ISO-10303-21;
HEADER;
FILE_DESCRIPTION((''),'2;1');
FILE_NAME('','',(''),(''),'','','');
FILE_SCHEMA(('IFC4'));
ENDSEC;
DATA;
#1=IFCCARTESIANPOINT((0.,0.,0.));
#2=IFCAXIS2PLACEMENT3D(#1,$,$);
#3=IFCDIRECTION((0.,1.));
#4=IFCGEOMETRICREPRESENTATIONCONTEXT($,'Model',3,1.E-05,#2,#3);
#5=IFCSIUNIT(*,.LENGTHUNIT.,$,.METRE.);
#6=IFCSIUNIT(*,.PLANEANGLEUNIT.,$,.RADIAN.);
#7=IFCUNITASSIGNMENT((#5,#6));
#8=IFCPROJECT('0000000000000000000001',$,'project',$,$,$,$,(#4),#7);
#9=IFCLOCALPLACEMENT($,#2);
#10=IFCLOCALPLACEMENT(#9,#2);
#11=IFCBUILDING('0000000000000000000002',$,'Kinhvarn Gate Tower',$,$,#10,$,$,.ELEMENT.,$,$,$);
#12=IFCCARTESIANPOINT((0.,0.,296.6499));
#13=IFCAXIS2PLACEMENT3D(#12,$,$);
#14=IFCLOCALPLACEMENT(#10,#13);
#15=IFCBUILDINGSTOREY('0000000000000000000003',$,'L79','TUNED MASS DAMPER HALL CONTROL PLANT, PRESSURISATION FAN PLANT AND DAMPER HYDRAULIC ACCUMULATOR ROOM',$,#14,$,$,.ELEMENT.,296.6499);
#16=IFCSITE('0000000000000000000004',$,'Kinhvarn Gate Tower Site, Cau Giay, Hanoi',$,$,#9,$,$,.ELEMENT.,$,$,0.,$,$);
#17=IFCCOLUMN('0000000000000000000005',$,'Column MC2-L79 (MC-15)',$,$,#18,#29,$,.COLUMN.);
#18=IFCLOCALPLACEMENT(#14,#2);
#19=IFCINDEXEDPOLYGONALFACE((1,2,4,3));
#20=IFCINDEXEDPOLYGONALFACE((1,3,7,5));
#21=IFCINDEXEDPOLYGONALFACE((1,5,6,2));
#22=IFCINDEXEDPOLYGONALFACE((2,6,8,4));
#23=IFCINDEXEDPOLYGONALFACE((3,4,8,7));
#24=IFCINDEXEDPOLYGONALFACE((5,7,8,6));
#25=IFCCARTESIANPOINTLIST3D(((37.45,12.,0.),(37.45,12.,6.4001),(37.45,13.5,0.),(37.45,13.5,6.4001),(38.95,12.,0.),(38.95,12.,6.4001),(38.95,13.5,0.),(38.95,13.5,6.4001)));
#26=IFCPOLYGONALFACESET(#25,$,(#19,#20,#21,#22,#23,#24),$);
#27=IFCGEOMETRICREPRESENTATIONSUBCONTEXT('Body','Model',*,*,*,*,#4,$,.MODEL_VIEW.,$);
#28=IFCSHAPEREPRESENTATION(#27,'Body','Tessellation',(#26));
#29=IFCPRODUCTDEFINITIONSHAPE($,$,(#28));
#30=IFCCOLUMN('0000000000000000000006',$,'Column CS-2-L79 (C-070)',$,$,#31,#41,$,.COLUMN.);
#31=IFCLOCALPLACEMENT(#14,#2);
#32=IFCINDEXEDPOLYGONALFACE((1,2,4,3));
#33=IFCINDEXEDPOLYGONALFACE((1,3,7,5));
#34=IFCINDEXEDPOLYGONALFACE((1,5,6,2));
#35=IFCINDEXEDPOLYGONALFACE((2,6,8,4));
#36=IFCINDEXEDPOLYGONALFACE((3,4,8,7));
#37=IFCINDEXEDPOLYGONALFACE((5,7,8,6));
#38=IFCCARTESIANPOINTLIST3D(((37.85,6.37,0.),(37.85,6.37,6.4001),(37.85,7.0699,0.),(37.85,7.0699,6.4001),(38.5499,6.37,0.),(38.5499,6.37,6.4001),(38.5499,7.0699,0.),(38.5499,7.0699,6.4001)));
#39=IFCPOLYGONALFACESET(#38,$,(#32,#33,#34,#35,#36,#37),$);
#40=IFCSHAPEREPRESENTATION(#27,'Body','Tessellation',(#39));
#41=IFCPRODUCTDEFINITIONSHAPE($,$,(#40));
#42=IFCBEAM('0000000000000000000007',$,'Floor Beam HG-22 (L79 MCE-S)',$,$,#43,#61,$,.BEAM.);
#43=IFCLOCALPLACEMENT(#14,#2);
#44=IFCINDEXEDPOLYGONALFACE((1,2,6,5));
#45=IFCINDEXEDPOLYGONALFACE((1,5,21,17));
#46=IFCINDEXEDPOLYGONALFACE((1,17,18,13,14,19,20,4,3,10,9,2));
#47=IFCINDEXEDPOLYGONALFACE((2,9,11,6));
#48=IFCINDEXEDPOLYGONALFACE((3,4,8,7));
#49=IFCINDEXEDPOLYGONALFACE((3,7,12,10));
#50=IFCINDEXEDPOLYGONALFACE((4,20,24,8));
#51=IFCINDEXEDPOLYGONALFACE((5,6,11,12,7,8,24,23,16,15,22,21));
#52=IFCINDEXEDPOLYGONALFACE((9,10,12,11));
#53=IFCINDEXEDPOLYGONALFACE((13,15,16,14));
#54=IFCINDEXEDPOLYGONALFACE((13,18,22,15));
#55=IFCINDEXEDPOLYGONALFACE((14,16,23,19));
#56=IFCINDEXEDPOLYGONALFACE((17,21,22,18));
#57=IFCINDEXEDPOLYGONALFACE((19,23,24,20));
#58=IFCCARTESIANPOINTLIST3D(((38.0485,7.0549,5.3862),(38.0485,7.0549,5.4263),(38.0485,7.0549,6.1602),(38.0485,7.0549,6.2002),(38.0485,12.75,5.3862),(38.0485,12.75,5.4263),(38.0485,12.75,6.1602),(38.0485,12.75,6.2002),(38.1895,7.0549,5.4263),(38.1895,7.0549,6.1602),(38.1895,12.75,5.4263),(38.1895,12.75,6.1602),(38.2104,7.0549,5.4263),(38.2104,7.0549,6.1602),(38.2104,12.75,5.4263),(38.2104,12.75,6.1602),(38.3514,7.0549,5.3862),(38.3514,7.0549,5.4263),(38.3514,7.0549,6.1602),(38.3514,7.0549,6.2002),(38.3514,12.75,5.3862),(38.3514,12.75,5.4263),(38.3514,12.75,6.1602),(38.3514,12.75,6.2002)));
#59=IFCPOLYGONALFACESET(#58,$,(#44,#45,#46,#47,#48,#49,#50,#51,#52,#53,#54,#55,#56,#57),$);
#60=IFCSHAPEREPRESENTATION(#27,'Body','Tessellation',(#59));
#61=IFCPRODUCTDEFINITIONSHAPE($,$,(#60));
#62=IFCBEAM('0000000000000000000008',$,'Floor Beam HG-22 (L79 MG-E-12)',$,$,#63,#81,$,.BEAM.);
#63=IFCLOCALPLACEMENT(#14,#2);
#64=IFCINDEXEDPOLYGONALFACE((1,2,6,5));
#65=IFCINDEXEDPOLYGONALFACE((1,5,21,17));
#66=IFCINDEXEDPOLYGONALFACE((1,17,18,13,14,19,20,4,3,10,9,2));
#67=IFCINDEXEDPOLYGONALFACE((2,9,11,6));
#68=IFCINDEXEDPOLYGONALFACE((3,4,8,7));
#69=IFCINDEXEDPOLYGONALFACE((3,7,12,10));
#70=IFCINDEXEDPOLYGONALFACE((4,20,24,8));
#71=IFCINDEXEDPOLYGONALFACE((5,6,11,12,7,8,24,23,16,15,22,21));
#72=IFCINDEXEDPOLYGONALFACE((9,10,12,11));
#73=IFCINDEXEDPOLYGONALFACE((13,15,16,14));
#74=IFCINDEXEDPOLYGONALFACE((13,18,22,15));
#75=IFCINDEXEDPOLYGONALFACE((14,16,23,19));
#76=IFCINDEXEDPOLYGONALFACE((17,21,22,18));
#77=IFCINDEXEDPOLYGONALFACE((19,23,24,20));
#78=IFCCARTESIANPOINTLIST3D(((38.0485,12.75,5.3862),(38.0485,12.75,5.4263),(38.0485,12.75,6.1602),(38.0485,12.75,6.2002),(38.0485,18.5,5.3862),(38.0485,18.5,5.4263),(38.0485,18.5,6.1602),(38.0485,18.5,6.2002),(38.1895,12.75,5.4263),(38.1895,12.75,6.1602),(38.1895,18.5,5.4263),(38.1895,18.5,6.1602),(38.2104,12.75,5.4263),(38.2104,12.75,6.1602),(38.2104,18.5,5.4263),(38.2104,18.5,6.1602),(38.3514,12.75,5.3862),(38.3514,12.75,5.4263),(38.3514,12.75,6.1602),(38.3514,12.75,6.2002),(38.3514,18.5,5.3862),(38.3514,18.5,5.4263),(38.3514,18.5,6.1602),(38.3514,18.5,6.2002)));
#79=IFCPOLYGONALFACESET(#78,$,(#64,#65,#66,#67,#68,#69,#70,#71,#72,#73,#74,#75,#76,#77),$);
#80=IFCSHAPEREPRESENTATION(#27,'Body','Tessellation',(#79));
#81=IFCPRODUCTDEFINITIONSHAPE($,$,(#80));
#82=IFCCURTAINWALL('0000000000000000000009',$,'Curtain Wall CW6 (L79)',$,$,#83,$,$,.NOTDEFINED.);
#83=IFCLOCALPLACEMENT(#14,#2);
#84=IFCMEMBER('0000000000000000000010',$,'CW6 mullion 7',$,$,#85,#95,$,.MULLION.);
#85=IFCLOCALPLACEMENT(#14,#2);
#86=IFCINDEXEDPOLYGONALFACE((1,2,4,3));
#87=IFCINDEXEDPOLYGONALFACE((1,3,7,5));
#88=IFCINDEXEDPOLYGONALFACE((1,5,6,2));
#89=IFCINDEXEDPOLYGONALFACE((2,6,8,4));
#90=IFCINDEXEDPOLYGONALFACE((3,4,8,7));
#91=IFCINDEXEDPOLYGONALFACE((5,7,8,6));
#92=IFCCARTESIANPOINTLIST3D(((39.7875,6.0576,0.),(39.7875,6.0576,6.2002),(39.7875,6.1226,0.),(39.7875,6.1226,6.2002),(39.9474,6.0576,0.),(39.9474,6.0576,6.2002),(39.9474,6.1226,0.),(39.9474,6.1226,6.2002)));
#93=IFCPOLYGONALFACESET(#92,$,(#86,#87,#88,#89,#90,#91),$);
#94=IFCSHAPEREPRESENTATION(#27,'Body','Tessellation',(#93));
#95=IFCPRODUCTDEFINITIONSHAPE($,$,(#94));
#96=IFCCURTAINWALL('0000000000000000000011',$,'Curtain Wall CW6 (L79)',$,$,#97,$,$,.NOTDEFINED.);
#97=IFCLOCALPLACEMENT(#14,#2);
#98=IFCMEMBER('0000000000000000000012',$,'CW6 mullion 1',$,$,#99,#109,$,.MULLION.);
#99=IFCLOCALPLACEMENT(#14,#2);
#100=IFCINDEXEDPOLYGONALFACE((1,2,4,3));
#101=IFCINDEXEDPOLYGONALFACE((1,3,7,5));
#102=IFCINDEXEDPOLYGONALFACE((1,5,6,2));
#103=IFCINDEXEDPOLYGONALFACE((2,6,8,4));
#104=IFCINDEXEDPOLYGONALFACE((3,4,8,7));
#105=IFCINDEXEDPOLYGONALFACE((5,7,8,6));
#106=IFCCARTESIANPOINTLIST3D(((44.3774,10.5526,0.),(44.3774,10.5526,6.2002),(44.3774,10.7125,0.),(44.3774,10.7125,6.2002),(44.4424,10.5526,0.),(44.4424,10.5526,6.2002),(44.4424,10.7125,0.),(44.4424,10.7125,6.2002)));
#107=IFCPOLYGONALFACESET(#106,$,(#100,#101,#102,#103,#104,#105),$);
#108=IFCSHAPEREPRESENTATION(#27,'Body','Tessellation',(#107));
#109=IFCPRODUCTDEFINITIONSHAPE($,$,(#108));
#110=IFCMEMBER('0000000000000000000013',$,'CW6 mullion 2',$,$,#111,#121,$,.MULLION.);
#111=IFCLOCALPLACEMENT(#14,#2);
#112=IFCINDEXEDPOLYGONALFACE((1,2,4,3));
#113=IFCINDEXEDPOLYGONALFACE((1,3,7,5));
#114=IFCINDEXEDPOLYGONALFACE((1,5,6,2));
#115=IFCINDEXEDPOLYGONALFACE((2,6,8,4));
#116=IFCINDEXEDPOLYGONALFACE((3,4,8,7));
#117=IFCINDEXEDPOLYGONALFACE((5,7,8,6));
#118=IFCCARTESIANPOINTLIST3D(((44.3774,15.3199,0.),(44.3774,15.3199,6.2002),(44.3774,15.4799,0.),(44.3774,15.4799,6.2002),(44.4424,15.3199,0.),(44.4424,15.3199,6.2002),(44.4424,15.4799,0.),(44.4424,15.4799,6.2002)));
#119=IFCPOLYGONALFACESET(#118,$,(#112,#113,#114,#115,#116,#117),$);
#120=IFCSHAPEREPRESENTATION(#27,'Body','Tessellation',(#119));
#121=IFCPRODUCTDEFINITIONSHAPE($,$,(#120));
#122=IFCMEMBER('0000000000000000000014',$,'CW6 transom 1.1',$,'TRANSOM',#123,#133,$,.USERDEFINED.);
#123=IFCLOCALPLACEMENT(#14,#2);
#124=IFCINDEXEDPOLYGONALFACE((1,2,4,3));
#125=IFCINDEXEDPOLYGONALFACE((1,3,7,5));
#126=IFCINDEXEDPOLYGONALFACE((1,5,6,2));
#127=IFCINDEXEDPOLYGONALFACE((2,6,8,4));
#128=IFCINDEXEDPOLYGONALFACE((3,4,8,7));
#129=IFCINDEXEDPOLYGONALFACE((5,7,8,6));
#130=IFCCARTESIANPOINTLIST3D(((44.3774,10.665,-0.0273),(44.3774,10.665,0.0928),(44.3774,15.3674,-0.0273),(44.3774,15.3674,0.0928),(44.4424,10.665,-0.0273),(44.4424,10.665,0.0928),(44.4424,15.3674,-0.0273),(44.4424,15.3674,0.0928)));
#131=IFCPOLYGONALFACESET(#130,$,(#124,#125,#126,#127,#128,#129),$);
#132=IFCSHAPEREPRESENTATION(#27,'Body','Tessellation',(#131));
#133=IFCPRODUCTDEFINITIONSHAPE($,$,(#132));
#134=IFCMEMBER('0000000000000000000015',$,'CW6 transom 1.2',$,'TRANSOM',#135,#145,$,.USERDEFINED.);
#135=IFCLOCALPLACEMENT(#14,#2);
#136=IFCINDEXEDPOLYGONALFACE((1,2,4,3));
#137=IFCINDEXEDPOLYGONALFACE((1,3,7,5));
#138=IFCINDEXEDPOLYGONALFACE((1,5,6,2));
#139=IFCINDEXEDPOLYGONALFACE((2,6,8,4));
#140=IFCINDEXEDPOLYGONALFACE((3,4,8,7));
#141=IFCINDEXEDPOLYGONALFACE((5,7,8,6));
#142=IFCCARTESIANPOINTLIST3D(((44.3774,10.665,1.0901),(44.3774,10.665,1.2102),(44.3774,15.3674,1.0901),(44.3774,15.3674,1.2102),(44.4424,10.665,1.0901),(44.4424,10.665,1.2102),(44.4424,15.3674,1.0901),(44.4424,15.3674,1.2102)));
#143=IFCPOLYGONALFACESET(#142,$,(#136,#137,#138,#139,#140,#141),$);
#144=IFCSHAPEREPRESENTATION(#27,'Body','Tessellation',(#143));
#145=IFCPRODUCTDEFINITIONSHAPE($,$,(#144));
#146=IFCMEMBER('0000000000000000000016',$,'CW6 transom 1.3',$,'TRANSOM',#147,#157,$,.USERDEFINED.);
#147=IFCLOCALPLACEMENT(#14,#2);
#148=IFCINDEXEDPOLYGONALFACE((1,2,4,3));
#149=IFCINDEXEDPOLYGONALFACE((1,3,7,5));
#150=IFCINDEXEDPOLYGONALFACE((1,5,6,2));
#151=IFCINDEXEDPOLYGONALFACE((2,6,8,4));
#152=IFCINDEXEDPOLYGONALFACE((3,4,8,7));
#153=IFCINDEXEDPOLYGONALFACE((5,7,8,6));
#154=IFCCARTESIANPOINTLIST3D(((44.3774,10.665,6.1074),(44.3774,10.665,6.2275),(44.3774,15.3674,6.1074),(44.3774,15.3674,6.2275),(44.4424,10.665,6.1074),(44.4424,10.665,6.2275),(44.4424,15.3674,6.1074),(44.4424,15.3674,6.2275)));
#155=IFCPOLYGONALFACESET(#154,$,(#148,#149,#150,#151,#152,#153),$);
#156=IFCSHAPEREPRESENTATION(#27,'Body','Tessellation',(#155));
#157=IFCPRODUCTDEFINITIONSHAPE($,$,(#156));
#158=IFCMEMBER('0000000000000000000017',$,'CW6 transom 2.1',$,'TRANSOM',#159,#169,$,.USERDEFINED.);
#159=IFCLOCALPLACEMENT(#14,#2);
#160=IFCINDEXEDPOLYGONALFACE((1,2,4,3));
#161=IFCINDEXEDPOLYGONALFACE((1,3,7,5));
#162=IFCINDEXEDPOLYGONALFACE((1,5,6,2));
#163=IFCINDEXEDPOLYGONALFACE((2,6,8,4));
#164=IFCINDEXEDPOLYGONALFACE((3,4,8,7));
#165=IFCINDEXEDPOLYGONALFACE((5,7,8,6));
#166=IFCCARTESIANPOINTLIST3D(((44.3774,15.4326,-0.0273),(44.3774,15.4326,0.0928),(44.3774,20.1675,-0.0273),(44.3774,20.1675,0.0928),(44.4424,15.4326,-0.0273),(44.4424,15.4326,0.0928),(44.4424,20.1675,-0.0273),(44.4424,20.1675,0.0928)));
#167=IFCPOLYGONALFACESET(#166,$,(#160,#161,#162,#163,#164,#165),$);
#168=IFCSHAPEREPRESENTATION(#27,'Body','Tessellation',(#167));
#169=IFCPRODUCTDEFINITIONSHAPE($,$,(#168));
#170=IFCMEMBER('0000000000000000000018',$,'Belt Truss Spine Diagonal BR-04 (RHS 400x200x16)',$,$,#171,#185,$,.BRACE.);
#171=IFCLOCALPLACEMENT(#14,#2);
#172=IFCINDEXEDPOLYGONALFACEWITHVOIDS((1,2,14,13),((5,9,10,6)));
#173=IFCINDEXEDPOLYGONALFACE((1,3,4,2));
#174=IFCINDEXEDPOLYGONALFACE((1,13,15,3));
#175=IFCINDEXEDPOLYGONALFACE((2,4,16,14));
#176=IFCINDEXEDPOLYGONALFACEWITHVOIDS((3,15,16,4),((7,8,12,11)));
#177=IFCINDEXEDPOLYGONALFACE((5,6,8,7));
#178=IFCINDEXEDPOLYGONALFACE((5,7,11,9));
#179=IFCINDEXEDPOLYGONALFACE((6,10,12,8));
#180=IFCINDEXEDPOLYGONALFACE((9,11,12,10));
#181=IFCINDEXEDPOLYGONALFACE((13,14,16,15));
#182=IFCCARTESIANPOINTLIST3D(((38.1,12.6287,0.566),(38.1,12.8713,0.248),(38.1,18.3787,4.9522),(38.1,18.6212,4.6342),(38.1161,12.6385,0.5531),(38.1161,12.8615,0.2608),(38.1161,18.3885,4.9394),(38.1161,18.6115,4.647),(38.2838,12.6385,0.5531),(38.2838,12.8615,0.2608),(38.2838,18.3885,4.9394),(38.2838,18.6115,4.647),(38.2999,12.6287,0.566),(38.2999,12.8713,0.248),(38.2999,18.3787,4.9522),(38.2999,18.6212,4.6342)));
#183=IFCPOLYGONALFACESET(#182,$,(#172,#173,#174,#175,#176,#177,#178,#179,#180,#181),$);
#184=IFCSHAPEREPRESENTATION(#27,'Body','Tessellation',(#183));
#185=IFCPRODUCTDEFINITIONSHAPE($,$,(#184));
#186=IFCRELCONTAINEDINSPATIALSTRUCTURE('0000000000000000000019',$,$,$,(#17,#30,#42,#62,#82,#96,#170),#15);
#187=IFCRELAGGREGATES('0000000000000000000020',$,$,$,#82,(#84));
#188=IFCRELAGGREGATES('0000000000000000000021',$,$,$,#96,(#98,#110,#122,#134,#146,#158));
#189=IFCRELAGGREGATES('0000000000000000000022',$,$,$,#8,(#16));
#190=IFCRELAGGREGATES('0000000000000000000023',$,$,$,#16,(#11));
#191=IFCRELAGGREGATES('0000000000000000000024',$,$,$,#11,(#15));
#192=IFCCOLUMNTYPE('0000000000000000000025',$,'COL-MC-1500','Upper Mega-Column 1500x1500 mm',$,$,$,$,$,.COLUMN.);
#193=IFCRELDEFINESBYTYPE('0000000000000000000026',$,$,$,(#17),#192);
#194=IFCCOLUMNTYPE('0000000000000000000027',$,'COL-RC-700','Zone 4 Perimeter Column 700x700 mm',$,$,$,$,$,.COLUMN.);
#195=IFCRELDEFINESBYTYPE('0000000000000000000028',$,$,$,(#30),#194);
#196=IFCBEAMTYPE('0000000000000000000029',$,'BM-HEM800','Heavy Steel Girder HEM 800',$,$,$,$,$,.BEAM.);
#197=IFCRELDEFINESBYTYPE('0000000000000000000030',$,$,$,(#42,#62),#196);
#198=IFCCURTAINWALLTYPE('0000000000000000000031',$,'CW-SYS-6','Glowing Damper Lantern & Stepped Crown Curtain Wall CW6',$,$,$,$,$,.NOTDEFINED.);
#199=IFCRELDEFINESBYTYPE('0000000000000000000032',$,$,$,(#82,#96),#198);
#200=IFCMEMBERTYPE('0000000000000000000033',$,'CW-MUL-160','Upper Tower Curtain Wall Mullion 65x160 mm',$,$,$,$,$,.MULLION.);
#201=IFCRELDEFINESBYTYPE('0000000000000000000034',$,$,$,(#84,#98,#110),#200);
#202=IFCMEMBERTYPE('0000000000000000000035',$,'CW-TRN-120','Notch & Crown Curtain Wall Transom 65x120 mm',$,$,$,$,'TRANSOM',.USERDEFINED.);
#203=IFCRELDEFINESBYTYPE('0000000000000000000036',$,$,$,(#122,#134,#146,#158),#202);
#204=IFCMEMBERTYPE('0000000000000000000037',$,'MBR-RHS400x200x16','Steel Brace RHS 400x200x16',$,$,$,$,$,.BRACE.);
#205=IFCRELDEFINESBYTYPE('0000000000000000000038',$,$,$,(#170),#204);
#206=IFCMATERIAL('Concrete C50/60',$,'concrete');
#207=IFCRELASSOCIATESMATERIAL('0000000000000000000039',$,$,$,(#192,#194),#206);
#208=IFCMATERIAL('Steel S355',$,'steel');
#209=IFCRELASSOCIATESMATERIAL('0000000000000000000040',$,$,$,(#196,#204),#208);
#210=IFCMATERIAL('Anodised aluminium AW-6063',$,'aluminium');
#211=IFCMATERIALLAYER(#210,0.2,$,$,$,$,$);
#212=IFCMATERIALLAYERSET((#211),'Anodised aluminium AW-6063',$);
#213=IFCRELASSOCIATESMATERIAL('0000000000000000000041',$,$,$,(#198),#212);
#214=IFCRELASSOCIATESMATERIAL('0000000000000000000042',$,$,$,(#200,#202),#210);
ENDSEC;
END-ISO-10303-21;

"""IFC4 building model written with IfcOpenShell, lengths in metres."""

from ifc_helpers import new_model, si_unit, direction, frame, origin, origin_2d, place, context, subcontext, project, spatial, rectangle, hollow_rectangle, i_section, extrude, material, layer, layer_set, material_profile, profile_set, type_object, element, aggregate, save


model = new_model("IFC4")

# Units and contexts
model_context = context("Model", 3, precision=1e-05, world=origin(), true_north=direction((0.0, 1.0)))
body_context = subcontext(model_context, "Body", "Model", "MODEL_VIEW")
ifc_project = project(units=[si_unit("LENGTHUNIT", "METRE"), si_unit("PLANEANGLEUNIT", "RADIAN")], contexts=[model_context])

# Site, building, storey
site_placement = place(None, origin())
site = spatial("IfcSite", under=ifc_project, at=site_placement, Name="Kinhvarn Gate Tower Site, Cau Giay, Hanoi", CompositionType="ELEMENT", RefElevation=0.0)
building_placement = place(site_placement, origin())
building = spatial("IfcBuilding", under=site, at=building_placement, Name="Kinhvarn Gate Tower", CompositionType="ELEMENT")
storey_placement = place(building_placement, frame((0.0, 0.0, 296.6499)))
storey = spatial("IfcBuildingStorey", under=building, at=storey_placement, Name="L79", Description="TUNED MASS DAMPER HALL CONTROL PLANT, PRESSURISATION FAN PLANT AND DAMPER HYDRAULIC ACCUMULATOR ROOM", CompositionType="ELEMENT", Elevation=296.6499)

# Columns
ifc_material_1 = material(Name="Concrete C50/60", Category="concrete")
ifc_material_profile_1 = material_profile(ifc_material_1, rectangle(XDim=1.5, YDim=1.5, at=origin_2d()), Name="RC 1500x1500")
ifc_profile_set_1 = profile_set([ifc_material_profile_1], Name="Concrete C50/60")
column_type_1 = type_object("IfcColumnType", Name="COL-MC-1500", Description="Upper Mega-Column 1500x1500 mm", PredefinedType="COLUMN", material=ifc_profile_set_1)
column_1_placement = place(storey_placement, frame((38.2, 12.75, 0.0), z_axis=(0.0, 0.0, 1.0), x_axis=(1.0, 0.0, 0.0)))
element("IfcColumn", 1, at=column_1_placement, inside=storey, type_object=column_type_1, Name="Column MC2-L79 (MC-15)", PredefinedType="COLUMN", context=body_context, shape_type="SweptSolid", body=[
    extrude(rectangle(XDim=1.5, YDim=1.5, at=origin_2d()), origin(), (0.0, 0.0, 1.0), 6.4001),
])
ifc_material_profile_2 = material_profile(ifc_material_1, rectangle(XDim=0.7, YDim=0.7, at=origin_2d()), Name="RC 700x700")
ifc_profile_set_2 = profile_set([ifc_material_profile_2], Name="Concrete C50/60")
column_type_2 = type_object("IfcColumnType", Name="COL-RC-700", Description="Zone 4 Perimeter Column 700x700 mm", PredefinedType="COLUMN", material=ifc_profile_set_2)
column_2_placement = place(storey_placement, frame((38.2, 6.72, 0.0), z_axis=(0.0, 0.0, 1.0), x_axis=(1.0, 0.0, 0.0)))
element("IfcColumn", 2, at=column_2_placement, inside=storey, type_object=column_type_2, Name="Column CS-2-L79 (C-070)", PredefinedType="COLUMN", context=body_context, shape_type="SweptSolid", body=[
    extrude(rectangle(XDim=0.7, YDim=0.7, at=origin_2d()), origin(), (0.0, 0.0, 1.0), 6.4001),
])

# Beams
ifc_material_2 = material(Name="Steel S355", Category="steel")
ifc_material_profile_3 = material_profile(ifc_material_2, i_section(OverallWidth=0.303, OverallDepth=0.814, WebThickness=0.021, FlangeThickness=0.04, at=origin_2d()), Name="HEM 800")
ifc_profile_set_3 = profile_set([ifc_material_profile_3], Name="Steel S355")
beam_type_1 = type_object("IfcBeamType", Name="BM-HEM800", Description="Heavy Steel Girder HEM 800", PredefinedType="BEAM", material=ifc_profile_set_3)
beam_1_placement = place(storey_placement, frame((38.2, 7.0549, 5.7932), z_axis=(0.0, 1.0, 0.0), x_axis=(-1.0, 0.0, 0.0)))
element("IfcBeam", 3, at=beam_1_placement, inside=storey, type_object=beam_type_1, Name="Floor Beam HG-22 (L79 MCE-S)", PredefinedType="BEAM", context=body_context, shape_type="SweptSolid", body=[
    extrude(i_section(OverallWidth=0.303, OverallDepth=0.814, WebThickness=0.021, FlangeThickness=0.04, at=origin_2d()), origin(), (0.0, 0.0, 1.0), 5.6951),
])
beam_2_placement = place(storey_placement, frame((38.2, 12.75, 5.7932), z_axis=(0.0, 1.0, 0.0), x_axis=(-1.0, 0.0, 0.0)))
element("IfcBeam", 4, at=beam_2_placement, inside=storey, type_object=beam_type_1, Name="Floor Beam HG-22 (L79 MG-E-12)", PredefinedType="BEAM", context=body_context, shape_type="SweptSolid", body=[
    extrude(i_section(OverallWidth=0.303, OverallDepth=0.814, WebThickness=0.021, FlangeThickness=0.04, at=origin_2d()), origin(), (0.0, 0.0, 1.0), 5.75),
])

# Curtain wall, member
ifc_material_3 = material(Name="Anodised aluminium AW-6063", Category="aluminium")
ifc_layer_1 = layer(ifc_material_3, 0.2)
ifc_layer_set_1 = layer_set([ifc_layer_1], Name="Anodised aluminium AW-6063")
curtain_wall_type = type_object("IfcCurtainWallType", Name="CW-SYS-6", Description="Glowing Damper Lantern & Stepped Crown Curtain Wall CW6", PredefinedType="NOTDEFINED", material=ifc_layer_set_1)
curtain_wall_1_placement = place(storey_placement, origin())
curtain_wall_1 = element("IfcCurtainWall", 5, at=curtain_wall_1_placement, inside=storey, type_object=curtain_wall_type, Name="Curtain Wall CW6 (L79)", PredefinedType="NOTDEFINED")
ifc_material_profile_4 = material_profile(ifc_material_3, rectangle(XDim=0.0649, YDim=0.1599, at=origin_2d()), Name="ALU 65x160")
ifc_profile_set_4 = profile_set([ifc_material_profile_4], Name="Anodised aluminium AW-6063")
member_type_1 = type_object("IfcMemberType", Name="CW-MUL-160", Description="Upper Tower Curtain Wall Mullion 65x160 mm", PredefinedType="MULLION", material=ifc_profile_set_4)
member_1_placement = place(storey_placement, frame((39.8674, 6.0901, 0.0), z_axis=(0.0, 0.0, 1.0), x_axis=(0.0, 1.0, 0.0)))
member_1 = element("IfcMember", 6, at=member_1_placement, type_object=member_type_1, Name="CW6 mullion 7", PredefinedType="MULLION", context=body_context, shape_type="SweptSolid", body=[
    extrude(rectangle(XDim=0.0649, YDim=0.1599, at=origin_2d()), origin(), (0.0, 0.0, 1.0), 6.2002),
])

# Curtain wall, members
curtain_wall_2_placement = place(storey_placement, origin())
curtain_wall_2 = element("IfcCurtainWall", 7, at=curtain_wall_2_placement, inside=storey, type_object=curtain_wall_type, Name="Curtain Wall CW6 (L79)", PredefinedType="NOTDEFINED")
member_2_placement = place(storey_placement, frame((44.4099, 10.6326, 0.0), z_axis=(0.0, 0.0, 1.0), x_axis=(-1.0, 0.0, 0.0)))
member_2 = element("IfcMember", 8, at=member_2_placement, type_object=member_type_1, Name="CW6 mullion 1", PredefinedType="MULLION", context=body_context, shape_type="SweptSolid", body=[
    extrude(rectangle(XDim=0.0649, YDim=0.1599, at=origin_2d()), origin(), (0.0, 0.0, 1.0), 6.2002),
])
member_3_placement = place(storey_placement, frame((44.4099, 15.3999, 0.0), z_axis=(0.0, 0.0, 1.0), x_axis=(-1.0, 0.0, 0.0)))
member_3 = element("IfcMember", 9, at=member_3_placement, type_object=member_type_1, Name="CW6 mullion 2", PredefinedType="MULLION", context=body_context, shape_type="SweptSolid", body=[
    extrude(rectangle(XDim=0.0649, YDim=0.1599, at=origin_2d()), origin(), (0.0, 0.0, 1.0), 6.2002),
])
ifc_material_profile_5 = material_profile(ifc_material_3, rectangle(XDim=0.0649, YDim=0.1201, at=origin_2d()), Name="ALU 65x120")
ifc_profile_set_5 = profile_set([ifc_material_profile_5], Name="Anodised aluminium AW-6063")
member_type_2 = type_object("IfcMemberType", Name="CW-TRN-120", Description="Notch & Crown Curtain Wall Transom 65x120 mm", ElementType="TRANSOM", PredefinedType="USERDEFINED", material=ifc_profile_set_5)
member_4_placement = place(storey_placement, frame((44.4099, 10.665, 0.0327), z_axis=(0.0, 1.0, 0.0), x_axis=(-1.0, 0.0, 0.0)))
member_4 = element("IfcMember", 10, at=member_4_placement, type_object=member_type_2, Name="CW6 transom 1.1", ObjectType="TRANSOM", PredefinedType="USERDEFINED", context=body_context, shape_type="SweptSolid", body=[
    extrude(rectangle(XDim=0.0649, YDim=0.1201, at=origin_2d()), origin(), (0.0, 0.0, 1.0), 4.7024),
])
member_5_placement = place(storey_placement, frame((44.4099, 10.665, 1.1501), z_axis=(0.0, 1.0, 0.0), x_axis=(-1.0, 0.0, 0.0)))
member_5 = element("IfcMember", 11, at=member_5_placement, type_object=member_type_2, Name="CW6 transom 1.2", ObjectType="TRANSOM", PredefinedType="USERDEFINED", context=body_context, shape_type="SweptSolid", body=[
    extrude(rectangle(XDim=0.0649, YDim=0.1201, at=origin_2d()), origin(), (0.0, 0.0, 1.0), 4.7024),
])
member_6_placement = place(storey_placement, frame((44.4099, 10.665, 6.1675), z_axis=(0.0, 1.0, 0.0), x_axis=(-1.0, 0.0, 0.0)))
member_6 = element("IfcMember", 12, at=member_6_placement, type_object=member_type_2, Name="CW6 transom 1.3", ObjectType="TRANSOM", PredefinedType="USERDEFINED", context=body_context, shape_type="SweptSolid", body=[
    extrude(rectangle(XDim=0.0649, YDim=0.1201, at=origin_2d()), origin(), (0.0, 0.0, 1.0), 4.7024),
])
member_7_placement = place(storey_placement, frame((44.4099, 15.4326, 0.0327), z_axis=(0.0, 1.0, 0.0), x_axis=(-1.0, 0.0, 0.0)))
member_7 = element("IfcMember", 13, at=member_7_placement, type_object=member_type_2, Name="CW6 transom 2.1", ObjectType="TRANSOM", PredefinedType="USERDEFINED", context=body_context, shape_type="SweptSolid", body=[
    extrude(rectangle(XDim=0.0649, YDim=0.1201, at=origin_2d()), origin(), (0.0, 0.0, 1.0), 4.7349),
])

# Member
ifc_material_profile_6 = material_profile(ifc_material_2, hollow_rectangle(XDim=0.2, YDim=0.3999, WallThickness=0.0161, at=origin_2d()), Name="RHS 400x200x16")
ifc_profile_set_6 = profile_set([ifc_material_profile_6], Name="Steel S355")
member_type_3 = type_object("IfcMemberType", Name="MBR-RHS400x200x16", Description="Steel Brace RHS 400x200x16", PredefinedType="BRACE", material=ifc_profile_set_6)
member_8_placement = place(storey_placement, frame((38.2, 12.75, 0.407), z_axis=(0.0, 0.79508, 0.606505), x_axis=(-1.0, 0.0, 0.0)))
element("IfcMember", 14, at=member_8_placement, inside=storey, type_object=member_type_3, Name="Belt Truss Spine Diagonal BR-04 (RHS 400x200x16)", PredefinedType="BRACE", context=body_context, shape_type="SweptSolid", body=[
    extrude(hollow_rectangle(XDim=0.2, YDim=0.3999, WallThickness=0.0161, at=origin_2d()), origin(), (0.0, 0.0, 1.0), 7.2319),
])

aggregate(curtain_wall_1, [member_1])
aggregate(curtain_wall_2, [member_2, member_3, member_4, member_5, member_6, member_7])

save(model, "model.ifc")
